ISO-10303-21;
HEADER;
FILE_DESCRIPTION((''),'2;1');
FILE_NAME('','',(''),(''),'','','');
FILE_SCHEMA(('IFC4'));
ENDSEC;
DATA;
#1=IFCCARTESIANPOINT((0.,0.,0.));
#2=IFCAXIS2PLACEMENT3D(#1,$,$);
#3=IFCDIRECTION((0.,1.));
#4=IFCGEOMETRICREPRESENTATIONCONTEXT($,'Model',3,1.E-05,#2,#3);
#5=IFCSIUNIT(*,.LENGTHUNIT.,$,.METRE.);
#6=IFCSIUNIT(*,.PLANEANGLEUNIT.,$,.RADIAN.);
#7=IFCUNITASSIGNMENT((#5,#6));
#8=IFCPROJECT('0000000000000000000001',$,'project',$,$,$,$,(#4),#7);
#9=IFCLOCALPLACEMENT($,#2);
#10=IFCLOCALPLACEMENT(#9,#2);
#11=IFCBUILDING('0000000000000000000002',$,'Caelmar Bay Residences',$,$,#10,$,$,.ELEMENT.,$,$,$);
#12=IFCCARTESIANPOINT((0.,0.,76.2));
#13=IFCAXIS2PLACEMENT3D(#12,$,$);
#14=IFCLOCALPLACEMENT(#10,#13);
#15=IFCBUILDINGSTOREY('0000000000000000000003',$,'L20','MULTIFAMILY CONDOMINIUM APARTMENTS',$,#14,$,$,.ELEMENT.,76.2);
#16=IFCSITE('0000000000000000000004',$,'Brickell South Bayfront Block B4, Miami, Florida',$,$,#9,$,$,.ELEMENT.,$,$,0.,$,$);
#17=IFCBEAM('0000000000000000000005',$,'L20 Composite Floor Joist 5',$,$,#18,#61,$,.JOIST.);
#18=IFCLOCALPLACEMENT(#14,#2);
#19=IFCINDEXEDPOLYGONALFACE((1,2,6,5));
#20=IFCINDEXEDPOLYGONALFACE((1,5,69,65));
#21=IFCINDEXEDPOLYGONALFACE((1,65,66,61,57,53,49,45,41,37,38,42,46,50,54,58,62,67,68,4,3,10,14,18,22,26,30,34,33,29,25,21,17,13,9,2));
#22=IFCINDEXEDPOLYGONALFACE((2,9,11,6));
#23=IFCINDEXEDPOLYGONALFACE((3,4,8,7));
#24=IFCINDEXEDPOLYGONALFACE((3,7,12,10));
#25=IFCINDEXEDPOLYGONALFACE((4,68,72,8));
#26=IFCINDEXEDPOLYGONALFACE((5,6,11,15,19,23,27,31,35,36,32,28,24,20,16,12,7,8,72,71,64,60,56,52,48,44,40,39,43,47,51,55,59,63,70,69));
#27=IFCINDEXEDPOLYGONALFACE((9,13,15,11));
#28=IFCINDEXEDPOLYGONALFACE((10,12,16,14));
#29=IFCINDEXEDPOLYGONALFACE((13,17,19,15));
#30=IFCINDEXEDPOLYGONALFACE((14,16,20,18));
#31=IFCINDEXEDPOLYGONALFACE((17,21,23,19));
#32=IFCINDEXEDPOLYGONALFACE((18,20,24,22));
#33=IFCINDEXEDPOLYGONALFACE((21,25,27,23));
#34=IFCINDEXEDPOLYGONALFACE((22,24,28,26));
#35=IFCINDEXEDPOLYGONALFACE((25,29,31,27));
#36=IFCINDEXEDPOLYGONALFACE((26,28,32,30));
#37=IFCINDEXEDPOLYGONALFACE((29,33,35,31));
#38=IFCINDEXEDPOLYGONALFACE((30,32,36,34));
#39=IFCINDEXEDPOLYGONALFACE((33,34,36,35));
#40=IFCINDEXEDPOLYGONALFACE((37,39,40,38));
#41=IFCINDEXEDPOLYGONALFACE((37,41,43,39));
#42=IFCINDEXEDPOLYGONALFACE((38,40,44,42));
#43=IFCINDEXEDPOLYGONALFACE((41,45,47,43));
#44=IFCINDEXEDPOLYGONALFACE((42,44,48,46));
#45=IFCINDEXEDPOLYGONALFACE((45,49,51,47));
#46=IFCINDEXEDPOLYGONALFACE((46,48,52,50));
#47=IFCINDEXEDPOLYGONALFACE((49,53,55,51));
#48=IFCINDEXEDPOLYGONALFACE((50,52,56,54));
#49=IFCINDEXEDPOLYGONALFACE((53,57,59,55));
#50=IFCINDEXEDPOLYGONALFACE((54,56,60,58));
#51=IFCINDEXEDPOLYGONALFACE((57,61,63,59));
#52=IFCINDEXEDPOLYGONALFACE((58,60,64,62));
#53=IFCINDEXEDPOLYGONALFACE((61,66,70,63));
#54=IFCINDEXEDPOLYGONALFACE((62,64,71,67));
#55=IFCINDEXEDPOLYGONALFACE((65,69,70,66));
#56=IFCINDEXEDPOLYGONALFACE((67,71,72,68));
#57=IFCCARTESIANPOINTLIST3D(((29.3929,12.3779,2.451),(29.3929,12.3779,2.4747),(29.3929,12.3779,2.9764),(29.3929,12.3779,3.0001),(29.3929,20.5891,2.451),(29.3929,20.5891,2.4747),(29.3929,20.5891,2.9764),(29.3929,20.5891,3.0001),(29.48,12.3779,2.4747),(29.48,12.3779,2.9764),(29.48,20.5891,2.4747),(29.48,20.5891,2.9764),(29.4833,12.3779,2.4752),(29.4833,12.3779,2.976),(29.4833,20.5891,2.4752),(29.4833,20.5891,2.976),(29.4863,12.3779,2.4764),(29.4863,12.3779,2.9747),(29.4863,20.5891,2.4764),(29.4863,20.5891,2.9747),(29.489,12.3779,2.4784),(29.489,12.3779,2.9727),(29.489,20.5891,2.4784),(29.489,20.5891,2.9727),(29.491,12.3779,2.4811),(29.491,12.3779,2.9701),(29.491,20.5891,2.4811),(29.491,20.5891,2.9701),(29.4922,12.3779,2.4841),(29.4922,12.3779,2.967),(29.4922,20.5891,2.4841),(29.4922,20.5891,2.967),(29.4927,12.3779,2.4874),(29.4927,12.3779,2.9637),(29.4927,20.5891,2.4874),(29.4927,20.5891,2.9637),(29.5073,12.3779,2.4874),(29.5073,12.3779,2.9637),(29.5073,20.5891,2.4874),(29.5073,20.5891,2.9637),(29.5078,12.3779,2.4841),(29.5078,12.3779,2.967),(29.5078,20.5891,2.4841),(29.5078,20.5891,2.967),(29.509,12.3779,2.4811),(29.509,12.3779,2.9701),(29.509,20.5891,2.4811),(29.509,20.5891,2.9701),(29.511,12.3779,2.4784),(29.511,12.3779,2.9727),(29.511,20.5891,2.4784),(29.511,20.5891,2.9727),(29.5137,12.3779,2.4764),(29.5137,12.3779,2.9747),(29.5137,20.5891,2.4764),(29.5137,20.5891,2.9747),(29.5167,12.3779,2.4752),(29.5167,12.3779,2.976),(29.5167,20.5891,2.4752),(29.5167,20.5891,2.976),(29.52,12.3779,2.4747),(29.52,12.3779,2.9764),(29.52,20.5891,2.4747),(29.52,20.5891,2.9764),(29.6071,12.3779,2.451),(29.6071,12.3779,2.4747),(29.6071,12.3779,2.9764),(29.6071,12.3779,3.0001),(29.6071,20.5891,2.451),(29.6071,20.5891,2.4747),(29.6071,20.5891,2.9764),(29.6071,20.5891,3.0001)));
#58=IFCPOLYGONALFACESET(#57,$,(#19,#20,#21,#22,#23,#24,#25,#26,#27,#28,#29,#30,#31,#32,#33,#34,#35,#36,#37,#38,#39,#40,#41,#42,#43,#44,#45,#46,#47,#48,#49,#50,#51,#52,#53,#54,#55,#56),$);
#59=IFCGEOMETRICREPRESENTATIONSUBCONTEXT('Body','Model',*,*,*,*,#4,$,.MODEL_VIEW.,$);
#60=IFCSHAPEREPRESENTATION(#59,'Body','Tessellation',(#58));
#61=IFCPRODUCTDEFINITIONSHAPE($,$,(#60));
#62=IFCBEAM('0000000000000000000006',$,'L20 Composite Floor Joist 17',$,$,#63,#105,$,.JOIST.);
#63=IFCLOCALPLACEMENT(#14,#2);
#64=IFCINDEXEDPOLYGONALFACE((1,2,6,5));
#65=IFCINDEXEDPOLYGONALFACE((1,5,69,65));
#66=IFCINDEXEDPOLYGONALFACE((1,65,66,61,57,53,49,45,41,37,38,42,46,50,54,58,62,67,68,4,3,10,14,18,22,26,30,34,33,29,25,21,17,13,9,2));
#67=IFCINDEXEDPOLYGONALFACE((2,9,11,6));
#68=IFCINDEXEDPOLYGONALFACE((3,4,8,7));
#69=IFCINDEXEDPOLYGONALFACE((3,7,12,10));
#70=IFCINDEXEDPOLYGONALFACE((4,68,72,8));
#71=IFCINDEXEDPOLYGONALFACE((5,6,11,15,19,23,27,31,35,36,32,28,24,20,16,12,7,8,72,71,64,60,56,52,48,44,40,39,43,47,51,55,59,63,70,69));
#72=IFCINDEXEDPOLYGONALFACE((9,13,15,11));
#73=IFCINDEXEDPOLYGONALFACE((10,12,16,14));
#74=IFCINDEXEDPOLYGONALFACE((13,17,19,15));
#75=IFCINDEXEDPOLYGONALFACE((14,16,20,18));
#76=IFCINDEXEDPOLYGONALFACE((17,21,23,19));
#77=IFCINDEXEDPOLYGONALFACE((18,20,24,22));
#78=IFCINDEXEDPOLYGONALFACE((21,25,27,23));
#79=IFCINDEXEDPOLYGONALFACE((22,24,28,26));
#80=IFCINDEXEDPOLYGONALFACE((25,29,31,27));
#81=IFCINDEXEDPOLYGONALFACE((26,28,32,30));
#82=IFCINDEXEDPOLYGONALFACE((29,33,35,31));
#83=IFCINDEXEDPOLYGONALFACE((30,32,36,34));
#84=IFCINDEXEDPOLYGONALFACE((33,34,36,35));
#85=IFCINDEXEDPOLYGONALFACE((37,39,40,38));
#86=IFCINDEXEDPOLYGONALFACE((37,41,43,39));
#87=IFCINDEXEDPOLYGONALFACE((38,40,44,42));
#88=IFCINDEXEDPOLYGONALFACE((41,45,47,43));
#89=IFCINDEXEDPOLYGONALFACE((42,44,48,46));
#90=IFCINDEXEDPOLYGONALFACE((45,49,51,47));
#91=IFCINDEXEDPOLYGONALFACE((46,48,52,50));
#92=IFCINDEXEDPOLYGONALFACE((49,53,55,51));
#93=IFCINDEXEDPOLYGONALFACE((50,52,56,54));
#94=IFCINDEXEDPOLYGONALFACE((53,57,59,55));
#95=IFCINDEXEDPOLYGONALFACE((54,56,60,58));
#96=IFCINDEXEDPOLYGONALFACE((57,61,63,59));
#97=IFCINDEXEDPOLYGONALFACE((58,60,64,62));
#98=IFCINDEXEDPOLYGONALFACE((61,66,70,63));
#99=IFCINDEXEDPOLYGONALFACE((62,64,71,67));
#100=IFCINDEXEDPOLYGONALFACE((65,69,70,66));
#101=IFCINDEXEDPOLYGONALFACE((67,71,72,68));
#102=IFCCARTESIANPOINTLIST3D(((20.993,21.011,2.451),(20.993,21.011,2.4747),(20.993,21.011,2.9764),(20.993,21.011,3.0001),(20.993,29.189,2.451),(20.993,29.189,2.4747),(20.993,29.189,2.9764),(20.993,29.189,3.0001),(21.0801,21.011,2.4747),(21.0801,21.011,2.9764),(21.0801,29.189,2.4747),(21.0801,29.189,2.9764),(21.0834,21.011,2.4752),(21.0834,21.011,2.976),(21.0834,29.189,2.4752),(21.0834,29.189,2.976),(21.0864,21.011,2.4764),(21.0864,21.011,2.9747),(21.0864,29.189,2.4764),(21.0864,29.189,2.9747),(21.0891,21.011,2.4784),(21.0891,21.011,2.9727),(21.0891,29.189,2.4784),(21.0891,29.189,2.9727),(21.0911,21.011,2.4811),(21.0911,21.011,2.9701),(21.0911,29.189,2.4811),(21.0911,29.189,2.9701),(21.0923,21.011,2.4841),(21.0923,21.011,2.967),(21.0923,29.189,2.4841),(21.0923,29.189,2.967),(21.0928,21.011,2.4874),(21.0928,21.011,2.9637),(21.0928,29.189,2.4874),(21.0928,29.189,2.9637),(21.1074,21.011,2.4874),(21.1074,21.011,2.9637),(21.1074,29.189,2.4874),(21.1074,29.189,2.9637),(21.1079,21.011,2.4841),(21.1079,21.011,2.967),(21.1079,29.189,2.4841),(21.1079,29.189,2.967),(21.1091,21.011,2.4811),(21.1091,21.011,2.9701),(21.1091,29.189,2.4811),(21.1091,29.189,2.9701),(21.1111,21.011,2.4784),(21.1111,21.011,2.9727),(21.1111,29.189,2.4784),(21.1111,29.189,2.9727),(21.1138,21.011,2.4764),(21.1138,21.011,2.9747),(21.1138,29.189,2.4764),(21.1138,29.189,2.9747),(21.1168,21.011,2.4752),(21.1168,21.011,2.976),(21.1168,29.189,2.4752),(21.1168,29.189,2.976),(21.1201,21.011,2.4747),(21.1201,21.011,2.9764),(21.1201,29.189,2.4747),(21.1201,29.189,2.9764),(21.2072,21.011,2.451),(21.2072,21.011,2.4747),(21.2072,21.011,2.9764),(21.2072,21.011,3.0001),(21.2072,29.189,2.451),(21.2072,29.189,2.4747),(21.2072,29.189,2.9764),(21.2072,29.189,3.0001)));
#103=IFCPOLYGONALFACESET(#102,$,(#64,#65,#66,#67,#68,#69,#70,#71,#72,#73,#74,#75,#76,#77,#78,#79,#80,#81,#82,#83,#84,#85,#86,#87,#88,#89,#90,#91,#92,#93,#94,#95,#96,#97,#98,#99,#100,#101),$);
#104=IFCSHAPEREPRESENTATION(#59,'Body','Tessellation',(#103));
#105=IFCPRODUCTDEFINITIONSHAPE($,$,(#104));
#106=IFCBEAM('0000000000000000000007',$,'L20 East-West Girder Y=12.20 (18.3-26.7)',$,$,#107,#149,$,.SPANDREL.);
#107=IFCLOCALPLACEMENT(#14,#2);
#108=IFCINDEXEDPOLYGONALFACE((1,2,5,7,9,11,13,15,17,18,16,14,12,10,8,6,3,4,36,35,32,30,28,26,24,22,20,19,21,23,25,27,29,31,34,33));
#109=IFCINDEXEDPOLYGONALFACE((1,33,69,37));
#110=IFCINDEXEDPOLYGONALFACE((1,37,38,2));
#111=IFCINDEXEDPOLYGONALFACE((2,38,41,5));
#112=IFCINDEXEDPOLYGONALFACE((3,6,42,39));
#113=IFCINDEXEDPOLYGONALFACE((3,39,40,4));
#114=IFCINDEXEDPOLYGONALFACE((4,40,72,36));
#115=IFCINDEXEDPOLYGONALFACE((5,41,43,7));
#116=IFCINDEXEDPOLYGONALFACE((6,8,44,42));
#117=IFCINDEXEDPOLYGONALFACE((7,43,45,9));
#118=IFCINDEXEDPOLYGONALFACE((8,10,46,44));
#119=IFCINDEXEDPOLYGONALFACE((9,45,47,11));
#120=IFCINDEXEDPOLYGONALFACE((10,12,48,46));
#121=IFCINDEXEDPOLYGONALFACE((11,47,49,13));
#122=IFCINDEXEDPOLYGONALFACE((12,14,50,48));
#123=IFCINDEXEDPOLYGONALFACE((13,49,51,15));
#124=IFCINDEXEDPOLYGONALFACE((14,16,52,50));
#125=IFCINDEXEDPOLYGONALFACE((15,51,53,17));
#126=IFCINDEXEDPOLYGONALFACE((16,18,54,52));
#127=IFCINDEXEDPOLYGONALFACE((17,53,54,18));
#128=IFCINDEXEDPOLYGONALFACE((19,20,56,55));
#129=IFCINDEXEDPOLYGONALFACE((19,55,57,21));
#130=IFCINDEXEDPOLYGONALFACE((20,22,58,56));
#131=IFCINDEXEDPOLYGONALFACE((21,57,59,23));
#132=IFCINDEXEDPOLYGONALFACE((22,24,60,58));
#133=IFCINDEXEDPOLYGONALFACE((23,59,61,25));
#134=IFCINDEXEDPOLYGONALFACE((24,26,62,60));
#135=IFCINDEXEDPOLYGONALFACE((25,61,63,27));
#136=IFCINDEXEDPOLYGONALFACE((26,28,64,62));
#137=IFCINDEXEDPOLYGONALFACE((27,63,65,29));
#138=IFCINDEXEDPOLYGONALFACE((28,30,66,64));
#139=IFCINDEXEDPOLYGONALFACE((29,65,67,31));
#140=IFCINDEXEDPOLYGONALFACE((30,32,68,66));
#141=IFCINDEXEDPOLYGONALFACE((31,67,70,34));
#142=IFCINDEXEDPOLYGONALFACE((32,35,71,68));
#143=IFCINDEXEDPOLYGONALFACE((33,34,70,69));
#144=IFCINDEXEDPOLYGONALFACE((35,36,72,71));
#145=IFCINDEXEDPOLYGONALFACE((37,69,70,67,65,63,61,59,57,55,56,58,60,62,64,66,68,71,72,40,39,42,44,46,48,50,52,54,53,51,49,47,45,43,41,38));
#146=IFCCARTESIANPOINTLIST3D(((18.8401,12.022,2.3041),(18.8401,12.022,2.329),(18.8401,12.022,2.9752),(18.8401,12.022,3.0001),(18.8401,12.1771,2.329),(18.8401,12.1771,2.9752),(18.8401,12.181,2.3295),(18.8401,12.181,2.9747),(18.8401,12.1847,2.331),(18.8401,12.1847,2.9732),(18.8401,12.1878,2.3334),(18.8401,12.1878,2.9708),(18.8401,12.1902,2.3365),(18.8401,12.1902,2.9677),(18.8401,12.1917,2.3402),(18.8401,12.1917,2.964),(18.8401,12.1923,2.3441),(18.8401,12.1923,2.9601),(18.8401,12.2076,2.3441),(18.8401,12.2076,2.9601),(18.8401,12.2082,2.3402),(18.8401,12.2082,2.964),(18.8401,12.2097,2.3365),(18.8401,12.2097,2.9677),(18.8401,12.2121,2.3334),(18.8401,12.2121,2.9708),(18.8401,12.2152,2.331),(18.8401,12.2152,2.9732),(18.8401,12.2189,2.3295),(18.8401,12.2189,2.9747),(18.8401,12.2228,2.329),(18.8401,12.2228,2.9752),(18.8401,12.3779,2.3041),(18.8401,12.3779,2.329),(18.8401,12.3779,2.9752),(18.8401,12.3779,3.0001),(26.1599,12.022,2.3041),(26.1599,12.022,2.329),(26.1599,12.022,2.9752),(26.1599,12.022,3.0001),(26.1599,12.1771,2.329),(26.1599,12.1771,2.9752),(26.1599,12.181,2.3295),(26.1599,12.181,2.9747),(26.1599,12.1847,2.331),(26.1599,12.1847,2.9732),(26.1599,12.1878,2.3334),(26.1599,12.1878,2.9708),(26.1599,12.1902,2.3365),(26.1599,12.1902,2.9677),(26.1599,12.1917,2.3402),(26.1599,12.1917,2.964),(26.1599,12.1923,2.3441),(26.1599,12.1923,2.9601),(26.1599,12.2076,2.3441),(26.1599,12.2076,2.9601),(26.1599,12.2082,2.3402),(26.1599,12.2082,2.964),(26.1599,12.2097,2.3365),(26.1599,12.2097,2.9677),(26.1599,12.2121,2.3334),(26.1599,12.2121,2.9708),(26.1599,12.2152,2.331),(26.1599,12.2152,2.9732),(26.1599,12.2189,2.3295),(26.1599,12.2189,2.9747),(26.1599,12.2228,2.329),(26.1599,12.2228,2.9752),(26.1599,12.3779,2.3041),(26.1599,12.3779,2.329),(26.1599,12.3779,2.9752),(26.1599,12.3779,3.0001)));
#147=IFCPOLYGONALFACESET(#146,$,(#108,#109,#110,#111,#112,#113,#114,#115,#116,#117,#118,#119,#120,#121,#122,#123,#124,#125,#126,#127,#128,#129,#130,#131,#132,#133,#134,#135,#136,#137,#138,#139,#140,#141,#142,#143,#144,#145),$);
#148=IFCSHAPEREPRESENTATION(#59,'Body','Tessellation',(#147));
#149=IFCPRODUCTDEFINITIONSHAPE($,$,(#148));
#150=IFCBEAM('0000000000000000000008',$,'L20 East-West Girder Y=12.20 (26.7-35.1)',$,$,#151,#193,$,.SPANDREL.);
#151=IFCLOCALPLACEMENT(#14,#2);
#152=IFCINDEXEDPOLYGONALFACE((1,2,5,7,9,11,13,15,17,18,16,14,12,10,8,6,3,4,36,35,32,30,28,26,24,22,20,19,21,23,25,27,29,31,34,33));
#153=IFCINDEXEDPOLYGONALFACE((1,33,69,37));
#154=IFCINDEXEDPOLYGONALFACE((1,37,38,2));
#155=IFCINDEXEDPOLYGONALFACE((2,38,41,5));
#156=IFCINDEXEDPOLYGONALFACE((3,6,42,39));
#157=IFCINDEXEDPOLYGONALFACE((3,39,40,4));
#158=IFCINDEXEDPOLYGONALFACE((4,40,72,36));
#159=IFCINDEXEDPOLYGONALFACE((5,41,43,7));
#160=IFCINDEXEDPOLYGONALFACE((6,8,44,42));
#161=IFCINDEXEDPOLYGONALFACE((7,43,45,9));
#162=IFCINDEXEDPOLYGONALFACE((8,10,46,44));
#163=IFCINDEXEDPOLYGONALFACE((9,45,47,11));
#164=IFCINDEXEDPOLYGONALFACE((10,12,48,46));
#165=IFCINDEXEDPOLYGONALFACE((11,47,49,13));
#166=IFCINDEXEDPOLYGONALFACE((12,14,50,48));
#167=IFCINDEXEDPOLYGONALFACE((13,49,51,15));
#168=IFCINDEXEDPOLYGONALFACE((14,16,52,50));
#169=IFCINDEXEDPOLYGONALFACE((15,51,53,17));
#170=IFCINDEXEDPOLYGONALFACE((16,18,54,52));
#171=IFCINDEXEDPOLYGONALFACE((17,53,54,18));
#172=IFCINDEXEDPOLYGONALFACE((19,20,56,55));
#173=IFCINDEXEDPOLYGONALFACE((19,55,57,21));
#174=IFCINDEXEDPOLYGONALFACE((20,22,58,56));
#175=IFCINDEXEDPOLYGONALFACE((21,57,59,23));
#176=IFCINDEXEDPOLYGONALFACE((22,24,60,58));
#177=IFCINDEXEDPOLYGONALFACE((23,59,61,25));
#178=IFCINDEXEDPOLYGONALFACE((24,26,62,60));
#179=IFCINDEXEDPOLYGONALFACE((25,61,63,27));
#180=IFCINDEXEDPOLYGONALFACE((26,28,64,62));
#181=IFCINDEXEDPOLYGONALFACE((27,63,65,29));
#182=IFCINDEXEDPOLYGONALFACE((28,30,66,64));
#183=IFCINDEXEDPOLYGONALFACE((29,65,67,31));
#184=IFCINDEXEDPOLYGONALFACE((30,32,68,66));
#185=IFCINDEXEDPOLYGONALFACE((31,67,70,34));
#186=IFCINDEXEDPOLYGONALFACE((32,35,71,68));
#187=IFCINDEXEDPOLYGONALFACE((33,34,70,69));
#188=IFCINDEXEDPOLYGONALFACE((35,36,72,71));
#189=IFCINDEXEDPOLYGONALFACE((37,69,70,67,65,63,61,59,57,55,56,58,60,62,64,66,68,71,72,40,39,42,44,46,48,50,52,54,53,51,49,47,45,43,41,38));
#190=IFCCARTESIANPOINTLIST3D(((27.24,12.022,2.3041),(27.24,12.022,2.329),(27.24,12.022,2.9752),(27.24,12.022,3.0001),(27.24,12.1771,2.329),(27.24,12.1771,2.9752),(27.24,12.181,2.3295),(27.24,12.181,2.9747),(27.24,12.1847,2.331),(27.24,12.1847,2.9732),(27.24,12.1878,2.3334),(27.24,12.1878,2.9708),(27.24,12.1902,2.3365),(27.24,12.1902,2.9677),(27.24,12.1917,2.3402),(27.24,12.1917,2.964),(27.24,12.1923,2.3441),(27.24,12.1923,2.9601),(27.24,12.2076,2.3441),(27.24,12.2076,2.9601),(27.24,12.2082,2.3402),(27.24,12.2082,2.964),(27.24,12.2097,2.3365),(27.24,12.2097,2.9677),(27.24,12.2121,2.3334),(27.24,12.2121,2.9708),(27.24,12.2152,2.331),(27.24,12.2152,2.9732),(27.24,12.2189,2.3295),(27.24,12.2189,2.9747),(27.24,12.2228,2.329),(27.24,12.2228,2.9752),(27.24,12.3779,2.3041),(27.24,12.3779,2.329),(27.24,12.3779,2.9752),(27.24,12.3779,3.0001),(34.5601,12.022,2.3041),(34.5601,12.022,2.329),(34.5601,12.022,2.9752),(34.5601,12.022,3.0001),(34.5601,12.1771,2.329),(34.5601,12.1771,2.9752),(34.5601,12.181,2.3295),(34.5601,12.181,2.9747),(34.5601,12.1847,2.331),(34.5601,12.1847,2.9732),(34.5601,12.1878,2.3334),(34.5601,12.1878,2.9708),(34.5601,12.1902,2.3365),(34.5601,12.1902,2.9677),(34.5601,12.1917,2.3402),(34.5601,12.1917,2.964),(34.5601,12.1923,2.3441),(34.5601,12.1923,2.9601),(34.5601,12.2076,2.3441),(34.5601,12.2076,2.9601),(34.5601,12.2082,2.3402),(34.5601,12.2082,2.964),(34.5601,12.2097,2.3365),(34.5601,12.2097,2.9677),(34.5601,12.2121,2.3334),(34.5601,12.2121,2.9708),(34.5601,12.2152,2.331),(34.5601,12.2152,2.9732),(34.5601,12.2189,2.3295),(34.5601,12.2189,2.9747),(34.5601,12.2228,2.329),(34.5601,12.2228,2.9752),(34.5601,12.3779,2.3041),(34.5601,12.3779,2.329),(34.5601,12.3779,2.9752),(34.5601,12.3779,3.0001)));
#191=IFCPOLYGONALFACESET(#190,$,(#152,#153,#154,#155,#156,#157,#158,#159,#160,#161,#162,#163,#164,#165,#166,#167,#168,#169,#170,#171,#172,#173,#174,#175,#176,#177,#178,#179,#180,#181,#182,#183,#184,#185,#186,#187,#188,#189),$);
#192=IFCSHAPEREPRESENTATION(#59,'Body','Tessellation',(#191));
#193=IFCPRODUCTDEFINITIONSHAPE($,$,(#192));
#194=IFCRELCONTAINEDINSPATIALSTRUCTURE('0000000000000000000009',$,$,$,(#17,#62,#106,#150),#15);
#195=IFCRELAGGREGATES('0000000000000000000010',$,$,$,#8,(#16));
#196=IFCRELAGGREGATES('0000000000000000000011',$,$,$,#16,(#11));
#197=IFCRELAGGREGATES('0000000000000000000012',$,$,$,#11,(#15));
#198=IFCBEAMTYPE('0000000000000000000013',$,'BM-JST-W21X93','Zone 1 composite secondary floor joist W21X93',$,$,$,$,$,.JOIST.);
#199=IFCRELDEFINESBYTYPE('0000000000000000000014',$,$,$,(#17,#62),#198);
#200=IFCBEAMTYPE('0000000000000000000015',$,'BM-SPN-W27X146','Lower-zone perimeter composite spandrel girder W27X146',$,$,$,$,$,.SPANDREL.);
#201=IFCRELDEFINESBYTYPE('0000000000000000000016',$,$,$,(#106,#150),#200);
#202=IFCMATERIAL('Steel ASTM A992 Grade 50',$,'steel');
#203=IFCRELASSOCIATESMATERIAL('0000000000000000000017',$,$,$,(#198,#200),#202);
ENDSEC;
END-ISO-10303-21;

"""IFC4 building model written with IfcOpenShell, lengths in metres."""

from ifc_helpers import new_model, si_unit, direction, frame, origin, origin_2d, place, context, subcontext, project, spatial, i_section, extrude, material, material_profile, profile_set, type_object, element, save


model = new_model("IFC4")

# Units and contexts
model_context = context("Model", 3, precision=1e-05, world=origin(), true_north=direction((0.0, 1.0)))
body_context = subcontext(model_context, "Body", "Model", "MODEL_VIEW")
ifc_project = project(units=[si_unit("LENGTHUNIT", "METRE"), si_unit("PLANEANGLEUNIT", "RADIAN")], contexts=[model_context])

# Site, building, storey
site_placement = place(None, origin())
site = spatial("IfcSite", under=ifc_project, at=site_placement, Name="Brickell South Bayfront Block B4, Miami, Florida", CompositionType="ELEMENT", RefElevation=0.0)
building_placement = place(site_placement, origin())
building = spatial("IfcBuilding", under=site, at=building_placement, Name="Caelmar Bay Residences", CompositionType="ELEMENT")
storey_placement = place(building_placement, frame((0.0, 0.0, 76.2)))
storey = spatial("IfcBuildingStorey", under=building, at=storey_placement, Name="L20", Description="MULTIFAMILY CONDOMINIUM APARTMENTS", CompositionType="ELEMENT", Elevation=76.2)

# Beams
ifc_material_1 = material(Name="Steel ASTM A992 Grade 50", Category="steel")
ifc_material_profile_1 = material_profile(ifc_material_1, i_section(OverallWidth=0.2141, OverallDepth=0.5491, WebThickness=0.0146, FlangeThickness=0.0237, FilletRadius=0.0127, at=origin_2d()), Name="W21X93")
ifc_profile_set_1 = profile_set([ifc_material_profile_1], Name="Steel ASTM A992 Grade 50")
beam_type_1 = type_object("IfcBeamType", Name="BM-JST-W21X93", Description="Zone 1 composite secondary floor joist W21X93", PredefinedType="JOIST", material=ifc_profile_set_1)
for number, where, z_axis, x_axis, name in (
    (1, (29.5, 12.3779, 2.7256), (0.0, 1.0, 0.0), (-1.0, 0.0, 0.0), "L20 Composite Floor Joist 5"),
):
    element("IfcBeam", number, at=place(storey_placement, frame(where, z_axis=z_axis, x_axis=x_axis)), inside=storey, type_object=beam_type_1, Name=name, PredefinedType="JOIST", context=body_context, shape_type="SweptSolid", body=[
        extrude(i_section(OverallWidth=0.2141, OverallDepth=0.5491, WebThickness=0.0146, FlangeThickness=0.0237, FilletRadius=0.0127, at=origin_2d()), origin(), (0.0, 0.0, 1.0), 8.2112),
    ])
beam_1_placement = place(storey_placement, frame((21.1001, 21.011, 2.7256), z_axis=(0.0, 1.0, 0.0), x_axis=(-1.0, 0.0, 0.0)))
element("IfcBeam", 2, at=beam_1_placement, inside=storey, type_object=beam_type_1, Name="L20 Composite Floor Joist 17", PredefinedType="JOIST", context=body_context, shape_type="SweptSolid", body=[
    extrude(i_section(OverallWidth=0.2141, OverallDepth=0.5491, WebThickness=0.0146, FlangeThickness=0.0237, FilletRadius=0.0127, at=origin_2d()), origin(), (0.0, 0.0, 1.0), 8.178),
])
ifc_material_profile_2 = material_profile(ifc_material_1, i_section(OverallWidth=0.356, OverallDepth=0.696, WebThickness=0.0154, FlangeThickness=0.0249, FilletRadius=0.0151, at=origin_2d()), Name="W27X146")
ifc_profile_set_2 = profile_set([ifc_material_profile_2], Name="Steel ASTM A992 Grade 50")
beam_type_2 = type_object("IfcBeamType", Name="BM-SPN-W27X146", Description="Lower-zone perimeter composite spandrel girder W27X146", PredefinedType="SPANDREL", material=ifc_profile_set_2)
beam_2_placement = place(storey_placement, frame((18.8401, 12.2, 2.6521), z_axis=(1.0, 0.0, 0.0), x_axis=(0.0, 1.0, 0.0)))
element("IfcBeam", 3, at=beam_2_placement, inside=storey, type_object=beam_type_2, Name="L20 East-West Girder Y=12.20 (18.3-26.7)", PredefinedType="SPANDREL", context=body_context, shape_type="SweptSolid", body=[
    extrude(i_section(OverallWidth=0.356, OverallDepth=0.696, WebThickness=0.0154, FlangeThickness=0.0249, FilletRadius=0.0151, at=origin_2d()), origin(), (0.0, 0.0, 1.0), 7.3198),
])
beam_3_placement = place(storey_placement, frame((27.24, 12.2, 2.6521), z_axis=(1.0, 0.0, 0.0), x_axis=(0.0, 1.0, 0.0)))
element("IfcBeam", 4, at=beam_3_placement, inside=storey, type_object=beam_type_2, Name="L20 East-West Girder Y=12.20 (26.7-35.1)", PredefinedType="SPANDREL", context=body_context, shape_type="SweptSolid", body=[
    extrude(i_section(OverallWidth=0.356, OverallDepth=0.696, WebThickness=0.0154, FlangeThickness=0.0249, FilletRadius=0.0151, at=origin_2d()), origin(), (0.0, 0.0, 1.0), 7.3201),
])

save(model, "model.ifc")
